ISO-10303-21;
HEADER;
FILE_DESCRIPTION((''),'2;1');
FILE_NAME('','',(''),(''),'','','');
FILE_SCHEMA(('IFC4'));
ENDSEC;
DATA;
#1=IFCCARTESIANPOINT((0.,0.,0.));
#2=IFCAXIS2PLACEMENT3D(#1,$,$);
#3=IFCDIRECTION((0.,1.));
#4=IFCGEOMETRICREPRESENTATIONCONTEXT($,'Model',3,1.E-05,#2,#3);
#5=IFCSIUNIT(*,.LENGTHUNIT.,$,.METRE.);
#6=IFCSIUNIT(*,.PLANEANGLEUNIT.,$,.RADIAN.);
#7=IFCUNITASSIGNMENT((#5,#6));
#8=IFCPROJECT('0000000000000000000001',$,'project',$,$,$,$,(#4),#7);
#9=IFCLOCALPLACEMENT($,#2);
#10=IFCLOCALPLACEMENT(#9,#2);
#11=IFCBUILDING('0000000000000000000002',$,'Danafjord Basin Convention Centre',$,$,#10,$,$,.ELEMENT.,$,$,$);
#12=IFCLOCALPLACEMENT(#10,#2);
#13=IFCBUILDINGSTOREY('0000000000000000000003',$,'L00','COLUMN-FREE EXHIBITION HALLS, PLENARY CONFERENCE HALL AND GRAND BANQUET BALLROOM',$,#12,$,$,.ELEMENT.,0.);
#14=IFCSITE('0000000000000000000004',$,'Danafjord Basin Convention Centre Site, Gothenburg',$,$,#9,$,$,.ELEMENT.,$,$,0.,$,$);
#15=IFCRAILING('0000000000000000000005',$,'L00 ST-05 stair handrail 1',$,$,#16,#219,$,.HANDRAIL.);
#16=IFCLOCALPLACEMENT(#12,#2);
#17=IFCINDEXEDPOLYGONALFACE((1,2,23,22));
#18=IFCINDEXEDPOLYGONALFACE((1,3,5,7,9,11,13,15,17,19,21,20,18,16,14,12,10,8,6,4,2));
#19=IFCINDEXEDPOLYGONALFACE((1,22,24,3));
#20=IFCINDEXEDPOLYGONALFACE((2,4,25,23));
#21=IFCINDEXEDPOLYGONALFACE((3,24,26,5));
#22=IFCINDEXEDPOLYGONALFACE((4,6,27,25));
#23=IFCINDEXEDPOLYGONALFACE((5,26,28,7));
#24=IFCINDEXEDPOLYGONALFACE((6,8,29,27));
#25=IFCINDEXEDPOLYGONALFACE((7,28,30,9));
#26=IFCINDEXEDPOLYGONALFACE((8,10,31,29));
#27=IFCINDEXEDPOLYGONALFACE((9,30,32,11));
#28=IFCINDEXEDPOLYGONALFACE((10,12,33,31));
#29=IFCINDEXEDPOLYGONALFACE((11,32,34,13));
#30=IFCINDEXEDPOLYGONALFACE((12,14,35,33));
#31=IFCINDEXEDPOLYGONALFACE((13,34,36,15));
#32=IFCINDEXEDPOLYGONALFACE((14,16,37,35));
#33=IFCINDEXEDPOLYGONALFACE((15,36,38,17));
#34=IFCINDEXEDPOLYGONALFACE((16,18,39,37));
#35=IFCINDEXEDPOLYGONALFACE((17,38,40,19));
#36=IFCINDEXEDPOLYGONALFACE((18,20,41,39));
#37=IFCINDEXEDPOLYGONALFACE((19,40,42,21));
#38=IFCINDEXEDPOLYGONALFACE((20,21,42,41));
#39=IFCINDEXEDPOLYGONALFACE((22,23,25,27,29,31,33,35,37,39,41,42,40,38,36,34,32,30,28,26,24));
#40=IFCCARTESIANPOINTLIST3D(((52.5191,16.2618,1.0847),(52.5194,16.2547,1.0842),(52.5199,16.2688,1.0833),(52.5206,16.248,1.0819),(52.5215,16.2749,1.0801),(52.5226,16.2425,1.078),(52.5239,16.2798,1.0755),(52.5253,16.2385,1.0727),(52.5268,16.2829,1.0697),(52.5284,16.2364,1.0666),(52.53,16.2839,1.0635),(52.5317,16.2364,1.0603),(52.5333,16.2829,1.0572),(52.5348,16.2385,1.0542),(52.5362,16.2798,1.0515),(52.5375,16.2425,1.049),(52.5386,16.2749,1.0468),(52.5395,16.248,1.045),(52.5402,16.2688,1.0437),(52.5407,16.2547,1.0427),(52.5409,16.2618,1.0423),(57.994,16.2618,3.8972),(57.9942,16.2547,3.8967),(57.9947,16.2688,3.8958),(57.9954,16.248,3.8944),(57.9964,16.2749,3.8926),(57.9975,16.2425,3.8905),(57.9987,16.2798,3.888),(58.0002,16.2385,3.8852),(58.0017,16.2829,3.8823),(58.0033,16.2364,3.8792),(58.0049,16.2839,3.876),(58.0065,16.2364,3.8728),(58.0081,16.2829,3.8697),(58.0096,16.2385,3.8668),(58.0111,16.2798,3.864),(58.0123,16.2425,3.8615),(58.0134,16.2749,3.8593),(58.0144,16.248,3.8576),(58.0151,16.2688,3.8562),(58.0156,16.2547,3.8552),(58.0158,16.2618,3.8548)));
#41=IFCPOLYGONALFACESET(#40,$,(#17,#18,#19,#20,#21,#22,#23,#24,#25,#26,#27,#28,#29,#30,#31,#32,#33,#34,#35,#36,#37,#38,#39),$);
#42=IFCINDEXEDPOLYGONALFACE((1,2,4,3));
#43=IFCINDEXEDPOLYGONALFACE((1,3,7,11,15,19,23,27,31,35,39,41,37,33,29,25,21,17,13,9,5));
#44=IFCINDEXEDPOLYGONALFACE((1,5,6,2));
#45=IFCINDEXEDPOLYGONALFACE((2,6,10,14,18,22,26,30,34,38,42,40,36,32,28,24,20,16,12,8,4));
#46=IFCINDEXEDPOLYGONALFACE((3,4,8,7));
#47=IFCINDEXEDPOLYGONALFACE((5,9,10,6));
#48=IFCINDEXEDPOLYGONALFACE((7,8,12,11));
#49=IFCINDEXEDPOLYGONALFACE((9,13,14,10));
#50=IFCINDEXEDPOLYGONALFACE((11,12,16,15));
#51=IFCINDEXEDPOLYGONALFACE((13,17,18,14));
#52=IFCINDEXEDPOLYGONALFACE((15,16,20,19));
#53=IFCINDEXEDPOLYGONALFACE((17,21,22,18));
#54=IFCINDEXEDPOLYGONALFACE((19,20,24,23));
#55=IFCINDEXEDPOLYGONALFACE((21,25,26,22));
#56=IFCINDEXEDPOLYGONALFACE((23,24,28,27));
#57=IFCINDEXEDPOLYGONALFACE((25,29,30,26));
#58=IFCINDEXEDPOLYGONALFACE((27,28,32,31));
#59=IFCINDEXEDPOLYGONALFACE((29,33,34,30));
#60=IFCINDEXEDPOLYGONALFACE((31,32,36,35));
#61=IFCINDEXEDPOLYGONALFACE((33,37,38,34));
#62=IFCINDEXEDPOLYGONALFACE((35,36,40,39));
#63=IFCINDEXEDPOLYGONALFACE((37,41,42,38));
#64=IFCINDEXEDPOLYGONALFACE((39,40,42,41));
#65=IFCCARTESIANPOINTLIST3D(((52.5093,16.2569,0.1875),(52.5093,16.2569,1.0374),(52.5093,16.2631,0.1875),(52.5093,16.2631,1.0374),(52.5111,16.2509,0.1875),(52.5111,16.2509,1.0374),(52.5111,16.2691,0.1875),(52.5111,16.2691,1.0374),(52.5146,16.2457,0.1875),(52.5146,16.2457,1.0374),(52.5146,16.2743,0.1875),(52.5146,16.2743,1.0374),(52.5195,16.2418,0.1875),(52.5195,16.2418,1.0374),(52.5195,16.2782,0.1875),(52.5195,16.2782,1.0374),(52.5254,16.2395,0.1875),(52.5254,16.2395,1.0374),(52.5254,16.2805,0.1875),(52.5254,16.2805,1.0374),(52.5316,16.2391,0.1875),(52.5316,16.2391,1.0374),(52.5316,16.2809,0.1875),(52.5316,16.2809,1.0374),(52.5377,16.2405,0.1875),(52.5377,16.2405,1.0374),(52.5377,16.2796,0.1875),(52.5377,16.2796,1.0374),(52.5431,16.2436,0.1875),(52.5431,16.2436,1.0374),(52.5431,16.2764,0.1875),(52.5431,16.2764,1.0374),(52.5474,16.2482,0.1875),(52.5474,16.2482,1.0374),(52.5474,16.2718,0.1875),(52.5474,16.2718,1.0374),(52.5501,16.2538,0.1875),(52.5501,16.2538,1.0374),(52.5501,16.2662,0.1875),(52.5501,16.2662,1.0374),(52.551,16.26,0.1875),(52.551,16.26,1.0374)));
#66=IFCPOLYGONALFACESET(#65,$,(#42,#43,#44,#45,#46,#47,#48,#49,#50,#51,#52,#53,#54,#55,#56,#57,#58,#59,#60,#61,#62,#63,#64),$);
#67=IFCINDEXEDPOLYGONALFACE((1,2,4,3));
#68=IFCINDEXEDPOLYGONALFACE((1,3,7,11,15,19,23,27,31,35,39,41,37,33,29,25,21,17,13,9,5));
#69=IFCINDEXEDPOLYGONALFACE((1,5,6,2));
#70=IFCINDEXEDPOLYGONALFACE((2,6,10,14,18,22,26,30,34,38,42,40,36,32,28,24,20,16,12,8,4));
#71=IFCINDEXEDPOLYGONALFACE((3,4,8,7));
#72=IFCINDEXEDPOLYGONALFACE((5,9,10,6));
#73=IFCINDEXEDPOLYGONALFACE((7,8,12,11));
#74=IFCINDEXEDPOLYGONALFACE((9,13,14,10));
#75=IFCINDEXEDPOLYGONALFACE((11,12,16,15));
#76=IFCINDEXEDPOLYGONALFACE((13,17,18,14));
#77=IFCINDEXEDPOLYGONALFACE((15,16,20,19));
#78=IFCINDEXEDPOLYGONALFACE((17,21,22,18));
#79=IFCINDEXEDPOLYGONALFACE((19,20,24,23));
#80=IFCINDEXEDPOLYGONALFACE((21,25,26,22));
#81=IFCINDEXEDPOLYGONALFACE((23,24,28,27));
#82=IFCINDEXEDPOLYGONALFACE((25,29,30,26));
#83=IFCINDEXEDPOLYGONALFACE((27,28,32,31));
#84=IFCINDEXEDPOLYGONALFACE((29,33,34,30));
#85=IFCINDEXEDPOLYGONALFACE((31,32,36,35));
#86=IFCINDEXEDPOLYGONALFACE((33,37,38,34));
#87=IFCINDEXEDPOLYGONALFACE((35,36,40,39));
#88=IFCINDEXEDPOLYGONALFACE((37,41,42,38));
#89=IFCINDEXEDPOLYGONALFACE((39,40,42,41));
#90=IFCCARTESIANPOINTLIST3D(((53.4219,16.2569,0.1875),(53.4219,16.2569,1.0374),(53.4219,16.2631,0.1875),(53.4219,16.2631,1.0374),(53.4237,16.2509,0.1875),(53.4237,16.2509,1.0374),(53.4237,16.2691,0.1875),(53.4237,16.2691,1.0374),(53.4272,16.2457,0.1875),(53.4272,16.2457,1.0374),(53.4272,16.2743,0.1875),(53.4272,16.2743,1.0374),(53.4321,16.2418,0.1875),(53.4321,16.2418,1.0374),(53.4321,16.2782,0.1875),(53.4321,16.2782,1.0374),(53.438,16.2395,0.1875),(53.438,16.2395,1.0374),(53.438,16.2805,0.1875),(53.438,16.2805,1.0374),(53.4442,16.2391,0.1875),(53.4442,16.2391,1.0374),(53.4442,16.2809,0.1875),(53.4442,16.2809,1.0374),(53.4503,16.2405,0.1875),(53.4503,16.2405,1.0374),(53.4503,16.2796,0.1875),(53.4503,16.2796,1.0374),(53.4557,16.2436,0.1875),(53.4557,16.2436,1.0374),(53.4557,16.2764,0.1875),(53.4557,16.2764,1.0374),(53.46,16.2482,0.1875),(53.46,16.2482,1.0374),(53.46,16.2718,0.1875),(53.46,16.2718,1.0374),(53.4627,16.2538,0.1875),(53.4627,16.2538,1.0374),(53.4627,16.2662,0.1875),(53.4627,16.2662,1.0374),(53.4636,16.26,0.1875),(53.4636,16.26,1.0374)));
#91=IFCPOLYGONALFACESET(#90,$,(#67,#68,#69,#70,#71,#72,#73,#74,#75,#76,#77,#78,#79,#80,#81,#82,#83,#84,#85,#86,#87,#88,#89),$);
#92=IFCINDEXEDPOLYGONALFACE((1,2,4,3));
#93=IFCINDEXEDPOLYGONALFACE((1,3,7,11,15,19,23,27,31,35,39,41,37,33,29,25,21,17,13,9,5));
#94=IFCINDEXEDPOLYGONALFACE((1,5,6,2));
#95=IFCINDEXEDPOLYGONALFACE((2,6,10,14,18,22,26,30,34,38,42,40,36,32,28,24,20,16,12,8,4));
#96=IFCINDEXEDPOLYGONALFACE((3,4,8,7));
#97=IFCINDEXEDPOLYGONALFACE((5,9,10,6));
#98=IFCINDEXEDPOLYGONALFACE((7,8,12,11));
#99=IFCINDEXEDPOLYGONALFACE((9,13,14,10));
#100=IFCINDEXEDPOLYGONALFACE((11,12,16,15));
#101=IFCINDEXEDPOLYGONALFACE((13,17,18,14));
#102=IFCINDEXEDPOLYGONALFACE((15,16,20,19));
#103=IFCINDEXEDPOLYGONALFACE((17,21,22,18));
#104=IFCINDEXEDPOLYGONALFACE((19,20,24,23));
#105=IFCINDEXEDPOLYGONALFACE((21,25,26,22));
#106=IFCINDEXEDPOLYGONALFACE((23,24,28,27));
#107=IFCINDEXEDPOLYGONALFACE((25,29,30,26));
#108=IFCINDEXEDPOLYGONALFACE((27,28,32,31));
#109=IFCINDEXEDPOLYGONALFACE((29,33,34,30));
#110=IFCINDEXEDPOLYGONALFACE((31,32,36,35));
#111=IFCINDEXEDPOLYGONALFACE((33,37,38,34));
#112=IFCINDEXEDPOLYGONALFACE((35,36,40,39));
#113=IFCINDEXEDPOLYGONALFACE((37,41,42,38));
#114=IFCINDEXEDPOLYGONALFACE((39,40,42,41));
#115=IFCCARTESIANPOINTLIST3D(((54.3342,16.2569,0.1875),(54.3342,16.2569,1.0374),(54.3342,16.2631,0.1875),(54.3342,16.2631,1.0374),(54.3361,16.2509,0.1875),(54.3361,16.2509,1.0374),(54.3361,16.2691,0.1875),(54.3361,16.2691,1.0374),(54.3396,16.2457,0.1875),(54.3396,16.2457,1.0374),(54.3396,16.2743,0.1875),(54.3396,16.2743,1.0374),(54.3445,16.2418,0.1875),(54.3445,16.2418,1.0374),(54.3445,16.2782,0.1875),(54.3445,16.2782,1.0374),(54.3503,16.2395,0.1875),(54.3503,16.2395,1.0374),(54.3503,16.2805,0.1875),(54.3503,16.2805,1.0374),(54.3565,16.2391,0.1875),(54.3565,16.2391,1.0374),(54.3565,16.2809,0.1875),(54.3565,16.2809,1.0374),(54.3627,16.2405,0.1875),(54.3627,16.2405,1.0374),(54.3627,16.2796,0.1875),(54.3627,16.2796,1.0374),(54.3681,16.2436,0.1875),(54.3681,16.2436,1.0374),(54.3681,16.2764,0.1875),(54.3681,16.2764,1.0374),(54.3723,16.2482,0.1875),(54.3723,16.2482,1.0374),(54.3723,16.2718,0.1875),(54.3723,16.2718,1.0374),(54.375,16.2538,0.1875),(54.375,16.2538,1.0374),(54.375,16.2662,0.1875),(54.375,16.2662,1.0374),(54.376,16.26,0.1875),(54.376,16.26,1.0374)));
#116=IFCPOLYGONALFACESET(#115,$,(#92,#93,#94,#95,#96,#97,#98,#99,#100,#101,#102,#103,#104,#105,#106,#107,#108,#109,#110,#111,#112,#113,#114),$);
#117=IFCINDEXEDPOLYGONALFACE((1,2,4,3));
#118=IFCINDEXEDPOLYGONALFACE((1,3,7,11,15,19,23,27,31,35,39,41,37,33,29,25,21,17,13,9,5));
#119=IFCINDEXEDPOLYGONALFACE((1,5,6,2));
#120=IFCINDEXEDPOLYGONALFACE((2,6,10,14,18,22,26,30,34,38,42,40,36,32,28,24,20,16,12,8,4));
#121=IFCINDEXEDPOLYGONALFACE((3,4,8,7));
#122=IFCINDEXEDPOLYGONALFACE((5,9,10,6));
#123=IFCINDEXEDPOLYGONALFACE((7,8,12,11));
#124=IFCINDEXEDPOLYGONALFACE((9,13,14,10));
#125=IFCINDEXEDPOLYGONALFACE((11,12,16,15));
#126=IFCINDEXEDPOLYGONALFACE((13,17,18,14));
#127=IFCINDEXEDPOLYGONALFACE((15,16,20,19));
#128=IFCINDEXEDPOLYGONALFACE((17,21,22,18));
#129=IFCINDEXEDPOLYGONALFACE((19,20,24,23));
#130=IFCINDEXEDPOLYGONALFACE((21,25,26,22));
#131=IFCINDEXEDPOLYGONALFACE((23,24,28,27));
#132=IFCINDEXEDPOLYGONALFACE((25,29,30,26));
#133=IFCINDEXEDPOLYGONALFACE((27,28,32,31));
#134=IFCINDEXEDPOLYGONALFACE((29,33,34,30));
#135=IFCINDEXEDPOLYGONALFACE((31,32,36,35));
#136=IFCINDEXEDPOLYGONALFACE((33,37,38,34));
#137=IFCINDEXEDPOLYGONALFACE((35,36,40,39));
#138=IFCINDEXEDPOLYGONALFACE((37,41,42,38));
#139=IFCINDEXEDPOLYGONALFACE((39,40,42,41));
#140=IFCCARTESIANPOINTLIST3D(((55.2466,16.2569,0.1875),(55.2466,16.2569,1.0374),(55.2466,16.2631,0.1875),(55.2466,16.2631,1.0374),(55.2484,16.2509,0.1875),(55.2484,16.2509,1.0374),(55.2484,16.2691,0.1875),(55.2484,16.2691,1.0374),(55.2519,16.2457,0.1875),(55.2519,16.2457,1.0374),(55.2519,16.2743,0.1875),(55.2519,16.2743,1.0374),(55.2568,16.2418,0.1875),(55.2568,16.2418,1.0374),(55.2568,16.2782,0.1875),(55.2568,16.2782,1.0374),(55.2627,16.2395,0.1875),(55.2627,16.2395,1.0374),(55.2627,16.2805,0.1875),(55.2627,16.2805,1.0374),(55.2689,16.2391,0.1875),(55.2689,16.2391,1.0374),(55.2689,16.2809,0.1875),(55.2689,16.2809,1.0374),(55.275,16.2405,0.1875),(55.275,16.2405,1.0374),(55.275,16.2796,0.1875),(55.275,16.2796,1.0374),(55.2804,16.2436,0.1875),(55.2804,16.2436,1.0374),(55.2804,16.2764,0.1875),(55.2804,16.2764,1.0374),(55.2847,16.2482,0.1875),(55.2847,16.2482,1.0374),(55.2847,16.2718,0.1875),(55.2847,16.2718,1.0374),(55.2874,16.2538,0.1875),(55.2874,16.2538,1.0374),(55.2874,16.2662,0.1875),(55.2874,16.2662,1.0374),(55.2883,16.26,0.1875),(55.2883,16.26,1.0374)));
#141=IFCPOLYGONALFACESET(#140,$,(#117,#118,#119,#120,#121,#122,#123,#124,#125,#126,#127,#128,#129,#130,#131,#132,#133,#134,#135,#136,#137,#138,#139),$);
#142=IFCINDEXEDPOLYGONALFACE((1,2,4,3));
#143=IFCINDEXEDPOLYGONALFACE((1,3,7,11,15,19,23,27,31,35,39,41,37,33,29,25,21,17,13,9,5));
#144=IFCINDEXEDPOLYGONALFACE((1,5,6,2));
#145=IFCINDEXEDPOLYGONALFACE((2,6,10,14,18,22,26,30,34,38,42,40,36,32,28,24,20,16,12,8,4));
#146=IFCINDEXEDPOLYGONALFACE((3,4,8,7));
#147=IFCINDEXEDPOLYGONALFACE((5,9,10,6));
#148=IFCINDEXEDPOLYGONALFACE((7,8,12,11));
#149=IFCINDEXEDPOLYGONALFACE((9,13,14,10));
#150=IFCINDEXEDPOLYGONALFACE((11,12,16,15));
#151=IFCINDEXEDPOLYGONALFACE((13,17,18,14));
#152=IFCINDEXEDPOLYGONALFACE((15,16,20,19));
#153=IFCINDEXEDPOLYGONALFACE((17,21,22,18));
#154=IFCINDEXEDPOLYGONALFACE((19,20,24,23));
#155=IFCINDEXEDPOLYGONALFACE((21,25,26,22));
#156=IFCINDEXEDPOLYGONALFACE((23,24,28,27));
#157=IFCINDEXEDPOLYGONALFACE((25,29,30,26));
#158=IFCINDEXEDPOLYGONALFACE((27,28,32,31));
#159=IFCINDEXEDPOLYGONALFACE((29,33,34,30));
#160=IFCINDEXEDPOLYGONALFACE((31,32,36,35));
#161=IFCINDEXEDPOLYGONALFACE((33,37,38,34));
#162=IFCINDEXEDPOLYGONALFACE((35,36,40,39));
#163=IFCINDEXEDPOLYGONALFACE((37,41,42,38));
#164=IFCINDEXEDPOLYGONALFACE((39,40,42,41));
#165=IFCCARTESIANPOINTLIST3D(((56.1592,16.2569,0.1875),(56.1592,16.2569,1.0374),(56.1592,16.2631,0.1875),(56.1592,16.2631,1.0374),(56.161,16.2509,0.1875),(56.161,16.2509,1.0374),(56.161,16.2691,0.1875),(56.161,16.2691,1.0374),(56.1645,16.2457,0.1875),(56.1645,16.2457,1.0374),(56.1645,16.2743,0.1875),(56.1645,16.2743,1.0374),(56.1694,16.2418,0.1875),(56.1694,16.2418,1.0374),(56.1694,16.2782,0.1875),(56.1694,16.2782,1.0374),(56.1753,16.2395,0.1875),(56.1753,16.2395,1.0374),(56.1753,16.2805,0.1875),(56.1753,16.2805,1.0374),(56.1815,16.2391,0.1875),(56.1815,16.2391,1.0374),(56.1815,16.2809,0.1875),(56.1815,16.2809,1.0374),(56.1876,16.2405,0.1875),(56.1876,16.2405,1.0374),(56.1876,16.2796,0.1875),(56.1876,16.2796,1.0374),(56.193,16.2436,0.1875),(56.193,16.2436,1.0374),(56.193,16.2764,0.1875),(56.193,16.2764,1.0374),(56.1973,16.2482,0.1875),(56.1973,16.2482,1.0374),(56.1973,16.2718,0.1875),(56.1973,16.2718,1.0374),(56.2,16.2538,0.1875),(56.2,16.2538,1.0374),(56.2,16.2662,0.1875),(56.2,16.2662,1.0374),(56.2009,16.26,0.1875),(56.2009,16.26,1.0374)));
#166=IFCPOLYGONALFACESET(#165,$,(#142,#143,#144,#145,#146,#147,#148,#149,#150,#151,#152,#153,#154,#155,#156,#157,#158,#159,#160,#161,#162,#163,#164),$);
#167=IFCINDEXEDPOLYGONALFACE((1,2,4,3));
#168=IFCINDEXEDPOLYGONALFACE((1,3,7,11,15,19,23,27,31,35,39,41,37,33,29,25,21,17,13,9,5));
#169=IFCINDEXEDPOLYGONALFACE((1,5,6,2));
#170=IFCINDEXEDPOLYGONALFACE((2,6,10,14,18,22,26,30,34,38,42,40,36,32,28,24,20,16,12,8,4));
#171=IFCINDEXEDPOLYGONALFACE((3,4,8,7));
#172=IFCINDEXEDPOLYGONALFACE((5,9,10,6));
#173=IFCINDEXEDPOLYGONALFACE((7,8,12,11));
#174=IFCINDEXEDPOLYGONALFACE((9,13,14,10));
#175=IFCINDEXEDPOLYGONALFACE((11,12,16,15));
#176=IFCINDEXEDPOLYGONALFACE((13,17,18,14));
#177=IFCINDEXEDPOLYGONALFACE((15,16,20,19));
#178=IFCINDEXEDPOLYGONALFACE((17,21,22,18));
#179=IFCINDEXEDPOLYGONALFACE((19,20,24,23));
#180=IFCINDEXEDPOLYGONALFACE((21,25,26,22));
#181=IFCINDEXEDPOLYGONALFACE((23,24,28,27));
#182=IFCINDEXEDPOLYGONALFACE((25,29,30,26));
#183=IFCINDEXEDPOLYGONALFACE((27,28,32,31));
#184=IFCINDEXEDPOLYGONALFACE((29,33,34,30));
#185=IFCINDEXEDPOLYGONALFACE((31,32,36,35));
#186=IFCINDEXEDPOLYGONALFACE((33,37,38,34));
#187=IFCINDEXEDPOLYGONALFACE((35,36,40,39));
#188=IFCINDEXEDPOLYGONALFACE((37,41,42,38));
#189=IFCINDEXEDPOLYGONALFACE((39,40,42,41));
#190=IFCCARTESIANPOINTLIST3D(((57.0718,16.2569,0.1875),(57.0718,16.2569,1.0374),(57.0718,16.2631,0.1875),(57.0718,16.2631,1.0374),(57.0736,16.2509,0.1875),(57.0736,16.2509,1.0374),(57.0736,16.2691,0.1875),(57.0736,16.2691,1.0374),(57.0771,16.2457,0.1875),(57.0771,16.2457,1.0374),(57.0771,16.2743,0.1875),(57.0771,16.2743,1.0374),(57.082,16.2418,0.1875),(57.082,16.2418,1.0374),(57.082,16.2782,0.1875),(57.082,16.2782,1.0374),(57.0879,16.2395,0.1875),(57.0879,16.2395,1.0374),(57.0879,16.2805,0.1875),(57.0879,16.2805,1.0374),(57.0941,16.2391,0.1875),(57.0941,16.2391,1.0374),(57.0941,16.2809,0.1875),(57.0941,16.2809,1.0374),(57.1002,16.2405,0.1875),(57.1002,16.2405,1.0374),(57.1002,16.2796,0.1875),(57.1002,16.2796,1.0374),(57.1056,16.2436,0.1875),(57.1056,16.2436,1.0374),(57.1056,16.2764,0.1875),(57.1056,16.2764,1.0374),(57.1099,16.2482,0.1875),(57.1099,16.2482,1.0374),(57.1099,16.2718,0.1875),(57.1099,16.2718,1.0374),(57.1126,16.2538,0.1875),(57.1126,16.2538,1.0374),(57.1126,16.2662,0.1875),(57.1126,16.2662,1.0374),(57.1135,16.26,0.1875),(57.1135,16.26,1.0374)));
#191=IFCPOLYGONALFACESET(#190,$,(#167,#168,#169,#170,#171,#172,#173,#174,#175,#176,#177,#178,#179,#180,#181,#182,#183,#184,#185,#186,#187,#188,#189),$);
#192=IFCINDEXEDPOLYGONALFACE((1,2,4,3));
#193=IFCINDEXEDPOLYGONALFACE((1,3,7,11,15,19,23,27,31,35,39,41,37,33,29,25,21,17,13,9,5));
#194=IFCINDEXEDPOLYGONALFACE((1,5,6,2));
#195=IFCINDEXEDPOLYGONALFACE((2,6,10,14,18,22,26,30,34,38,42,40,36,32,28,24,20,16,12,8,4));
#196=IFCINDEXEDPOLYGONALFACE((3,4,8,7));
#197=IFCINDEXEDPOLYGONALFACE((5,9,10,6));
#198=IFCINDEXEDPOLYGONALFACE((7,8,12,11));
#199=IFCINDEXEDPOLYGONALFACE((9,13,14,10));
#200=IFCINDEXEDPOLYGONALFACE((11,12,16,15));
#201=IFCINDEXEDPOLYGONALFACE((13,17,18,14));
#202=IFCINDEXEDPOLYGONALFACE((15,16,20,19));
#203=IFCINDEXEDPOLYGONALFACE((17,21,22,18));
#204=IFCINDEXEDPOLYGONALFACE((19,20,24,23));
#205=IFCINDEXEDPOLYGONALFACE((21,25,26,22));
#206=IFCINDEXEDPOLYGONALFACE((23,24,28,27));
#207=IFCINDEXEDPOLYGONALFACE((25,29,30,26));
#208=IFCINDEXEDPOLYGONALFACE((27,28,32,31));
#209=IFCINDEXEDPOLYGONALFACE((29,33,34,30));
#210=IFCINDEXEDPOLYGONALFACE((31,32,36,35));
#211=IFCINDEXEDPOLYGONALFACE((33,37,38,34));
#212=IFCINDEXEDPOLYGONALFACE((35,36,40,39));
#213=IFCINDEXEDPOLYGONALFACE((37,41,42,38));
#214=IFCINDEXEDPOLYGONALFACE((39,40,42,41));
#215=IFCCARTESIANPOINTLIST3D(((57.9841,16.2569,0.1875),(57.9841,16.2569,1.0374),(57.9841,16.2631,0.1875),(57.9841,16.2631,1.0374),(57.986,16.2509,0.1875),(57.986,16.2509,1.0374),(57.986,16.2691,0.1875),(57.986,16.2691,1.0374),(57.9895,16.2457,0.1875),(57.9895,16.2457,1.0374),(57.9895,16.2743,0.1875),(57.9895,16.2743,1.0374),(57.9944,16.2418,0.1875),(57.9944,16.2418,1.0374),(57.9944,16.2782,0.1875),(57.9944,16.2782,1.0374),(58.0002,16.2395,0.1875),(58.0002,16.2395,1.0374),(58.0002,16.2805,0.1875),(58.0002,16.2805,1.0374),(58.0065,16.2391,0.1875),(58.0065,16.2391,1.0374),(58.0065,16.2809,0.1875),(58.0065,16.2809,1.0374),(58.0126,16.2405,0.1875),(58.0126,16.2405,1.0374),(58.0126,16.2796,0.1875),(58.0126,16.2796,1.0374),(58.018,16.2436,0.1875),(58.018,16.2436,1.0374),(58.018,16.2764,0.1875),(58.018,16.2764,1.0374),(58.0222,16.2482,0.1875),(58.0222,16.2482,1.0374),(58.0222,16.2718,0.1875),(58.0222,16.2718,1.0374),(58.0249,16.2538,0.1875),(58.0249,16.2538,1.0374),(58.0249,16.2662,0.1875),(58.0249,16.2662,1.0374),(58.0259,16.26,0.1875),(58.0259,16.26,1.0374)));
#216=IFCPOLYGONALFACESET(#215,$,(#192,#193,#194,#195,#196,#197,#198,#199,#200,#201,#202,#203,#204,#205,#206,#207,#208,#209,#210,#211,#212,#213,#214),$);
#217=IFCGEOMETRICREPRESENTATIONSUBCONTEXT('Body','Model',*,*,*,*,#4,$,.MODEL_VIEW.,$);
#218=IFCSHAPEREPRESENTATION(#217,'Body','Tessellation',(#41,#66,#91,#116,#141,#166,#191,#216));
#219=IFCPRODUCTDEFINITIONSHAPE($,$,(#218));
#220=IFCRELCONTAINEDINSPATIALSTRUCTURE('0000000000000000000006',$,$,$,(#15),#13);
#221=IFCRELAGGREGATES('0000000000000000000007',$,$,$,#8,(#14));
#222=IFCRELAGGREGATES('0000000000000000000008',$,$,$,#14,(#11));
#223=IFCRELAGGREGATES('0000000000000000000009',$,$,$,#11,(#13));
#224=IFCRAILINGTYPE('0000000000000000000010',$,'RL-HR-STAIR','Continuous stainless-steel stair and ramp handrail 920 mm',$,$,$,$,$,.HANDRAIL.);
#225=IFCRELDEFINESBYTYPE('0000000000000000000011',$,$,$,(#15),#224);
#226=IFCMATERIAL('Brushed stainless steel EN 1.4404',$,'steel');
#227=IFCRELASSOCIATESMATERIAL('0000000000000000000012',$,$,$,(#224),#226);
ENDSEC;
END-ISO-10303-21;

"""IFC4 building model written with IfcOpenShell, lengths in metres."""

from ifc_helpers import new_model, si_unit, direction, frame, origin, origin_2d, place, context, subcontext, project, spatial, circle, extrude, material, type_object, element, save


model = new_model("IFC4")

# Units and contexts
model_context = context("Model", 3, precision=1e-05, world=origin(), true_north=direction((0.0, 1.0)))
body_context = subcontext(model_context, "Body", "Model", "MODEL_VIEW")
ifc_project = project(units=[si_unit("LENGTHUNIT", "METRE"), si_unit("PLANEANGLEUNIT", "RADIAN")], contexts=[model_context])

# Site, building, storey
site_placement = place(None, origin())
site = spatial("IfcSite", under=ifc_project, at=site_placement, Name="Danafjord Basin Convention Centre Site, Gothenburg", CompositionType="ELEMENT", RefElevation=0.0)
building_placement = place(site_placement, origin())
building = spatial("IfcBuilding", under=site, at=building_placement, Name="Danafjord Basin Convention Centre", CompositionType="ELEMENT")
storey_placement = place(building_placement, origin())
storey = spatial("IfcBuildingStorey", under=building, at=storey_placement, Name="L00", Description="COLUMN-FREE EXHIBITION HALLS, PLENARY CONFERENCE HALL AND GRAND BANQUET BALLROOM", CompositionType="ELEMENT", Elevation=0.0)

# Railing
ifc_material_1 = material(Name="Brushed stainless steel EN 1.4404", Category="steel")
railing_type_1 = type_object("IfcRailingType", Name="RL-HR-STAIR", Description="Continuous stainless-steel stair and ramp handrail 920 mm", PredefinedType="HANDRAIL", material=ifc_material_1)
railing_1_placement = place(storey_placement, frame((52.53, 16.26, 0.1875)))
element("IfcRailing", 1, at=railing_1_placement, inside=storey, type_object=railing_type_1, Name="L00 ST-05 stair handrail 1", PredefinedType="HANDRAIL", context=body_context, shape_type="SweptSolid", body=[
    extrude(circle(Radius=0.0239, at=origin_2d()), frame((0.0, 0.0, 0.876), z_axis=(0.889495, 0.0, 0.456945), x_axis=(0.0, 1.0, 0.0)), (0.0, 0.0, 1.0), 6.155),
    extrude(circle(Radius=0.021, at=origin_2d()), origin(), (0.0, 0.0, 1.0), 0.8499),
    extrude(circle(Radius=0.021, at=origin_2d()), frame((0.9126, 0.0, 0.0)), (0.0, 0.0, 1.0), 0.8499),
    extrude(circle(Radius=0.021, at=origin_2d()), frame((1.825, 0.0, 0.0)), (0.0, 0.0, 1.0), 0.8499),
    extrude(circle(Radius=0.021, at=origin_2d()), frame((2.7373, 0.0, 0.0)), (0.0, 0.0, 1.0), 0.8499),
    extrude(circle(Radius=0.021, at=origin_2d()), frame((3.6499, 0.0, 0.0)), (0.0, 0.0, 1.0), 0.8499),
    extrude(circle(Radius=0.021, at=origin_2d()), frame((4.5625, 0.0, 0.0)), (0.0, 0.0, 1.0), 0.8499),
    extrude(circle(Radius=0.021, at=origin_2d()), frame((5.4749, 0.0, 0.0)), (0.0, 0.0, 1.0), 0.8499),
])

save(model, "model.ifc")
